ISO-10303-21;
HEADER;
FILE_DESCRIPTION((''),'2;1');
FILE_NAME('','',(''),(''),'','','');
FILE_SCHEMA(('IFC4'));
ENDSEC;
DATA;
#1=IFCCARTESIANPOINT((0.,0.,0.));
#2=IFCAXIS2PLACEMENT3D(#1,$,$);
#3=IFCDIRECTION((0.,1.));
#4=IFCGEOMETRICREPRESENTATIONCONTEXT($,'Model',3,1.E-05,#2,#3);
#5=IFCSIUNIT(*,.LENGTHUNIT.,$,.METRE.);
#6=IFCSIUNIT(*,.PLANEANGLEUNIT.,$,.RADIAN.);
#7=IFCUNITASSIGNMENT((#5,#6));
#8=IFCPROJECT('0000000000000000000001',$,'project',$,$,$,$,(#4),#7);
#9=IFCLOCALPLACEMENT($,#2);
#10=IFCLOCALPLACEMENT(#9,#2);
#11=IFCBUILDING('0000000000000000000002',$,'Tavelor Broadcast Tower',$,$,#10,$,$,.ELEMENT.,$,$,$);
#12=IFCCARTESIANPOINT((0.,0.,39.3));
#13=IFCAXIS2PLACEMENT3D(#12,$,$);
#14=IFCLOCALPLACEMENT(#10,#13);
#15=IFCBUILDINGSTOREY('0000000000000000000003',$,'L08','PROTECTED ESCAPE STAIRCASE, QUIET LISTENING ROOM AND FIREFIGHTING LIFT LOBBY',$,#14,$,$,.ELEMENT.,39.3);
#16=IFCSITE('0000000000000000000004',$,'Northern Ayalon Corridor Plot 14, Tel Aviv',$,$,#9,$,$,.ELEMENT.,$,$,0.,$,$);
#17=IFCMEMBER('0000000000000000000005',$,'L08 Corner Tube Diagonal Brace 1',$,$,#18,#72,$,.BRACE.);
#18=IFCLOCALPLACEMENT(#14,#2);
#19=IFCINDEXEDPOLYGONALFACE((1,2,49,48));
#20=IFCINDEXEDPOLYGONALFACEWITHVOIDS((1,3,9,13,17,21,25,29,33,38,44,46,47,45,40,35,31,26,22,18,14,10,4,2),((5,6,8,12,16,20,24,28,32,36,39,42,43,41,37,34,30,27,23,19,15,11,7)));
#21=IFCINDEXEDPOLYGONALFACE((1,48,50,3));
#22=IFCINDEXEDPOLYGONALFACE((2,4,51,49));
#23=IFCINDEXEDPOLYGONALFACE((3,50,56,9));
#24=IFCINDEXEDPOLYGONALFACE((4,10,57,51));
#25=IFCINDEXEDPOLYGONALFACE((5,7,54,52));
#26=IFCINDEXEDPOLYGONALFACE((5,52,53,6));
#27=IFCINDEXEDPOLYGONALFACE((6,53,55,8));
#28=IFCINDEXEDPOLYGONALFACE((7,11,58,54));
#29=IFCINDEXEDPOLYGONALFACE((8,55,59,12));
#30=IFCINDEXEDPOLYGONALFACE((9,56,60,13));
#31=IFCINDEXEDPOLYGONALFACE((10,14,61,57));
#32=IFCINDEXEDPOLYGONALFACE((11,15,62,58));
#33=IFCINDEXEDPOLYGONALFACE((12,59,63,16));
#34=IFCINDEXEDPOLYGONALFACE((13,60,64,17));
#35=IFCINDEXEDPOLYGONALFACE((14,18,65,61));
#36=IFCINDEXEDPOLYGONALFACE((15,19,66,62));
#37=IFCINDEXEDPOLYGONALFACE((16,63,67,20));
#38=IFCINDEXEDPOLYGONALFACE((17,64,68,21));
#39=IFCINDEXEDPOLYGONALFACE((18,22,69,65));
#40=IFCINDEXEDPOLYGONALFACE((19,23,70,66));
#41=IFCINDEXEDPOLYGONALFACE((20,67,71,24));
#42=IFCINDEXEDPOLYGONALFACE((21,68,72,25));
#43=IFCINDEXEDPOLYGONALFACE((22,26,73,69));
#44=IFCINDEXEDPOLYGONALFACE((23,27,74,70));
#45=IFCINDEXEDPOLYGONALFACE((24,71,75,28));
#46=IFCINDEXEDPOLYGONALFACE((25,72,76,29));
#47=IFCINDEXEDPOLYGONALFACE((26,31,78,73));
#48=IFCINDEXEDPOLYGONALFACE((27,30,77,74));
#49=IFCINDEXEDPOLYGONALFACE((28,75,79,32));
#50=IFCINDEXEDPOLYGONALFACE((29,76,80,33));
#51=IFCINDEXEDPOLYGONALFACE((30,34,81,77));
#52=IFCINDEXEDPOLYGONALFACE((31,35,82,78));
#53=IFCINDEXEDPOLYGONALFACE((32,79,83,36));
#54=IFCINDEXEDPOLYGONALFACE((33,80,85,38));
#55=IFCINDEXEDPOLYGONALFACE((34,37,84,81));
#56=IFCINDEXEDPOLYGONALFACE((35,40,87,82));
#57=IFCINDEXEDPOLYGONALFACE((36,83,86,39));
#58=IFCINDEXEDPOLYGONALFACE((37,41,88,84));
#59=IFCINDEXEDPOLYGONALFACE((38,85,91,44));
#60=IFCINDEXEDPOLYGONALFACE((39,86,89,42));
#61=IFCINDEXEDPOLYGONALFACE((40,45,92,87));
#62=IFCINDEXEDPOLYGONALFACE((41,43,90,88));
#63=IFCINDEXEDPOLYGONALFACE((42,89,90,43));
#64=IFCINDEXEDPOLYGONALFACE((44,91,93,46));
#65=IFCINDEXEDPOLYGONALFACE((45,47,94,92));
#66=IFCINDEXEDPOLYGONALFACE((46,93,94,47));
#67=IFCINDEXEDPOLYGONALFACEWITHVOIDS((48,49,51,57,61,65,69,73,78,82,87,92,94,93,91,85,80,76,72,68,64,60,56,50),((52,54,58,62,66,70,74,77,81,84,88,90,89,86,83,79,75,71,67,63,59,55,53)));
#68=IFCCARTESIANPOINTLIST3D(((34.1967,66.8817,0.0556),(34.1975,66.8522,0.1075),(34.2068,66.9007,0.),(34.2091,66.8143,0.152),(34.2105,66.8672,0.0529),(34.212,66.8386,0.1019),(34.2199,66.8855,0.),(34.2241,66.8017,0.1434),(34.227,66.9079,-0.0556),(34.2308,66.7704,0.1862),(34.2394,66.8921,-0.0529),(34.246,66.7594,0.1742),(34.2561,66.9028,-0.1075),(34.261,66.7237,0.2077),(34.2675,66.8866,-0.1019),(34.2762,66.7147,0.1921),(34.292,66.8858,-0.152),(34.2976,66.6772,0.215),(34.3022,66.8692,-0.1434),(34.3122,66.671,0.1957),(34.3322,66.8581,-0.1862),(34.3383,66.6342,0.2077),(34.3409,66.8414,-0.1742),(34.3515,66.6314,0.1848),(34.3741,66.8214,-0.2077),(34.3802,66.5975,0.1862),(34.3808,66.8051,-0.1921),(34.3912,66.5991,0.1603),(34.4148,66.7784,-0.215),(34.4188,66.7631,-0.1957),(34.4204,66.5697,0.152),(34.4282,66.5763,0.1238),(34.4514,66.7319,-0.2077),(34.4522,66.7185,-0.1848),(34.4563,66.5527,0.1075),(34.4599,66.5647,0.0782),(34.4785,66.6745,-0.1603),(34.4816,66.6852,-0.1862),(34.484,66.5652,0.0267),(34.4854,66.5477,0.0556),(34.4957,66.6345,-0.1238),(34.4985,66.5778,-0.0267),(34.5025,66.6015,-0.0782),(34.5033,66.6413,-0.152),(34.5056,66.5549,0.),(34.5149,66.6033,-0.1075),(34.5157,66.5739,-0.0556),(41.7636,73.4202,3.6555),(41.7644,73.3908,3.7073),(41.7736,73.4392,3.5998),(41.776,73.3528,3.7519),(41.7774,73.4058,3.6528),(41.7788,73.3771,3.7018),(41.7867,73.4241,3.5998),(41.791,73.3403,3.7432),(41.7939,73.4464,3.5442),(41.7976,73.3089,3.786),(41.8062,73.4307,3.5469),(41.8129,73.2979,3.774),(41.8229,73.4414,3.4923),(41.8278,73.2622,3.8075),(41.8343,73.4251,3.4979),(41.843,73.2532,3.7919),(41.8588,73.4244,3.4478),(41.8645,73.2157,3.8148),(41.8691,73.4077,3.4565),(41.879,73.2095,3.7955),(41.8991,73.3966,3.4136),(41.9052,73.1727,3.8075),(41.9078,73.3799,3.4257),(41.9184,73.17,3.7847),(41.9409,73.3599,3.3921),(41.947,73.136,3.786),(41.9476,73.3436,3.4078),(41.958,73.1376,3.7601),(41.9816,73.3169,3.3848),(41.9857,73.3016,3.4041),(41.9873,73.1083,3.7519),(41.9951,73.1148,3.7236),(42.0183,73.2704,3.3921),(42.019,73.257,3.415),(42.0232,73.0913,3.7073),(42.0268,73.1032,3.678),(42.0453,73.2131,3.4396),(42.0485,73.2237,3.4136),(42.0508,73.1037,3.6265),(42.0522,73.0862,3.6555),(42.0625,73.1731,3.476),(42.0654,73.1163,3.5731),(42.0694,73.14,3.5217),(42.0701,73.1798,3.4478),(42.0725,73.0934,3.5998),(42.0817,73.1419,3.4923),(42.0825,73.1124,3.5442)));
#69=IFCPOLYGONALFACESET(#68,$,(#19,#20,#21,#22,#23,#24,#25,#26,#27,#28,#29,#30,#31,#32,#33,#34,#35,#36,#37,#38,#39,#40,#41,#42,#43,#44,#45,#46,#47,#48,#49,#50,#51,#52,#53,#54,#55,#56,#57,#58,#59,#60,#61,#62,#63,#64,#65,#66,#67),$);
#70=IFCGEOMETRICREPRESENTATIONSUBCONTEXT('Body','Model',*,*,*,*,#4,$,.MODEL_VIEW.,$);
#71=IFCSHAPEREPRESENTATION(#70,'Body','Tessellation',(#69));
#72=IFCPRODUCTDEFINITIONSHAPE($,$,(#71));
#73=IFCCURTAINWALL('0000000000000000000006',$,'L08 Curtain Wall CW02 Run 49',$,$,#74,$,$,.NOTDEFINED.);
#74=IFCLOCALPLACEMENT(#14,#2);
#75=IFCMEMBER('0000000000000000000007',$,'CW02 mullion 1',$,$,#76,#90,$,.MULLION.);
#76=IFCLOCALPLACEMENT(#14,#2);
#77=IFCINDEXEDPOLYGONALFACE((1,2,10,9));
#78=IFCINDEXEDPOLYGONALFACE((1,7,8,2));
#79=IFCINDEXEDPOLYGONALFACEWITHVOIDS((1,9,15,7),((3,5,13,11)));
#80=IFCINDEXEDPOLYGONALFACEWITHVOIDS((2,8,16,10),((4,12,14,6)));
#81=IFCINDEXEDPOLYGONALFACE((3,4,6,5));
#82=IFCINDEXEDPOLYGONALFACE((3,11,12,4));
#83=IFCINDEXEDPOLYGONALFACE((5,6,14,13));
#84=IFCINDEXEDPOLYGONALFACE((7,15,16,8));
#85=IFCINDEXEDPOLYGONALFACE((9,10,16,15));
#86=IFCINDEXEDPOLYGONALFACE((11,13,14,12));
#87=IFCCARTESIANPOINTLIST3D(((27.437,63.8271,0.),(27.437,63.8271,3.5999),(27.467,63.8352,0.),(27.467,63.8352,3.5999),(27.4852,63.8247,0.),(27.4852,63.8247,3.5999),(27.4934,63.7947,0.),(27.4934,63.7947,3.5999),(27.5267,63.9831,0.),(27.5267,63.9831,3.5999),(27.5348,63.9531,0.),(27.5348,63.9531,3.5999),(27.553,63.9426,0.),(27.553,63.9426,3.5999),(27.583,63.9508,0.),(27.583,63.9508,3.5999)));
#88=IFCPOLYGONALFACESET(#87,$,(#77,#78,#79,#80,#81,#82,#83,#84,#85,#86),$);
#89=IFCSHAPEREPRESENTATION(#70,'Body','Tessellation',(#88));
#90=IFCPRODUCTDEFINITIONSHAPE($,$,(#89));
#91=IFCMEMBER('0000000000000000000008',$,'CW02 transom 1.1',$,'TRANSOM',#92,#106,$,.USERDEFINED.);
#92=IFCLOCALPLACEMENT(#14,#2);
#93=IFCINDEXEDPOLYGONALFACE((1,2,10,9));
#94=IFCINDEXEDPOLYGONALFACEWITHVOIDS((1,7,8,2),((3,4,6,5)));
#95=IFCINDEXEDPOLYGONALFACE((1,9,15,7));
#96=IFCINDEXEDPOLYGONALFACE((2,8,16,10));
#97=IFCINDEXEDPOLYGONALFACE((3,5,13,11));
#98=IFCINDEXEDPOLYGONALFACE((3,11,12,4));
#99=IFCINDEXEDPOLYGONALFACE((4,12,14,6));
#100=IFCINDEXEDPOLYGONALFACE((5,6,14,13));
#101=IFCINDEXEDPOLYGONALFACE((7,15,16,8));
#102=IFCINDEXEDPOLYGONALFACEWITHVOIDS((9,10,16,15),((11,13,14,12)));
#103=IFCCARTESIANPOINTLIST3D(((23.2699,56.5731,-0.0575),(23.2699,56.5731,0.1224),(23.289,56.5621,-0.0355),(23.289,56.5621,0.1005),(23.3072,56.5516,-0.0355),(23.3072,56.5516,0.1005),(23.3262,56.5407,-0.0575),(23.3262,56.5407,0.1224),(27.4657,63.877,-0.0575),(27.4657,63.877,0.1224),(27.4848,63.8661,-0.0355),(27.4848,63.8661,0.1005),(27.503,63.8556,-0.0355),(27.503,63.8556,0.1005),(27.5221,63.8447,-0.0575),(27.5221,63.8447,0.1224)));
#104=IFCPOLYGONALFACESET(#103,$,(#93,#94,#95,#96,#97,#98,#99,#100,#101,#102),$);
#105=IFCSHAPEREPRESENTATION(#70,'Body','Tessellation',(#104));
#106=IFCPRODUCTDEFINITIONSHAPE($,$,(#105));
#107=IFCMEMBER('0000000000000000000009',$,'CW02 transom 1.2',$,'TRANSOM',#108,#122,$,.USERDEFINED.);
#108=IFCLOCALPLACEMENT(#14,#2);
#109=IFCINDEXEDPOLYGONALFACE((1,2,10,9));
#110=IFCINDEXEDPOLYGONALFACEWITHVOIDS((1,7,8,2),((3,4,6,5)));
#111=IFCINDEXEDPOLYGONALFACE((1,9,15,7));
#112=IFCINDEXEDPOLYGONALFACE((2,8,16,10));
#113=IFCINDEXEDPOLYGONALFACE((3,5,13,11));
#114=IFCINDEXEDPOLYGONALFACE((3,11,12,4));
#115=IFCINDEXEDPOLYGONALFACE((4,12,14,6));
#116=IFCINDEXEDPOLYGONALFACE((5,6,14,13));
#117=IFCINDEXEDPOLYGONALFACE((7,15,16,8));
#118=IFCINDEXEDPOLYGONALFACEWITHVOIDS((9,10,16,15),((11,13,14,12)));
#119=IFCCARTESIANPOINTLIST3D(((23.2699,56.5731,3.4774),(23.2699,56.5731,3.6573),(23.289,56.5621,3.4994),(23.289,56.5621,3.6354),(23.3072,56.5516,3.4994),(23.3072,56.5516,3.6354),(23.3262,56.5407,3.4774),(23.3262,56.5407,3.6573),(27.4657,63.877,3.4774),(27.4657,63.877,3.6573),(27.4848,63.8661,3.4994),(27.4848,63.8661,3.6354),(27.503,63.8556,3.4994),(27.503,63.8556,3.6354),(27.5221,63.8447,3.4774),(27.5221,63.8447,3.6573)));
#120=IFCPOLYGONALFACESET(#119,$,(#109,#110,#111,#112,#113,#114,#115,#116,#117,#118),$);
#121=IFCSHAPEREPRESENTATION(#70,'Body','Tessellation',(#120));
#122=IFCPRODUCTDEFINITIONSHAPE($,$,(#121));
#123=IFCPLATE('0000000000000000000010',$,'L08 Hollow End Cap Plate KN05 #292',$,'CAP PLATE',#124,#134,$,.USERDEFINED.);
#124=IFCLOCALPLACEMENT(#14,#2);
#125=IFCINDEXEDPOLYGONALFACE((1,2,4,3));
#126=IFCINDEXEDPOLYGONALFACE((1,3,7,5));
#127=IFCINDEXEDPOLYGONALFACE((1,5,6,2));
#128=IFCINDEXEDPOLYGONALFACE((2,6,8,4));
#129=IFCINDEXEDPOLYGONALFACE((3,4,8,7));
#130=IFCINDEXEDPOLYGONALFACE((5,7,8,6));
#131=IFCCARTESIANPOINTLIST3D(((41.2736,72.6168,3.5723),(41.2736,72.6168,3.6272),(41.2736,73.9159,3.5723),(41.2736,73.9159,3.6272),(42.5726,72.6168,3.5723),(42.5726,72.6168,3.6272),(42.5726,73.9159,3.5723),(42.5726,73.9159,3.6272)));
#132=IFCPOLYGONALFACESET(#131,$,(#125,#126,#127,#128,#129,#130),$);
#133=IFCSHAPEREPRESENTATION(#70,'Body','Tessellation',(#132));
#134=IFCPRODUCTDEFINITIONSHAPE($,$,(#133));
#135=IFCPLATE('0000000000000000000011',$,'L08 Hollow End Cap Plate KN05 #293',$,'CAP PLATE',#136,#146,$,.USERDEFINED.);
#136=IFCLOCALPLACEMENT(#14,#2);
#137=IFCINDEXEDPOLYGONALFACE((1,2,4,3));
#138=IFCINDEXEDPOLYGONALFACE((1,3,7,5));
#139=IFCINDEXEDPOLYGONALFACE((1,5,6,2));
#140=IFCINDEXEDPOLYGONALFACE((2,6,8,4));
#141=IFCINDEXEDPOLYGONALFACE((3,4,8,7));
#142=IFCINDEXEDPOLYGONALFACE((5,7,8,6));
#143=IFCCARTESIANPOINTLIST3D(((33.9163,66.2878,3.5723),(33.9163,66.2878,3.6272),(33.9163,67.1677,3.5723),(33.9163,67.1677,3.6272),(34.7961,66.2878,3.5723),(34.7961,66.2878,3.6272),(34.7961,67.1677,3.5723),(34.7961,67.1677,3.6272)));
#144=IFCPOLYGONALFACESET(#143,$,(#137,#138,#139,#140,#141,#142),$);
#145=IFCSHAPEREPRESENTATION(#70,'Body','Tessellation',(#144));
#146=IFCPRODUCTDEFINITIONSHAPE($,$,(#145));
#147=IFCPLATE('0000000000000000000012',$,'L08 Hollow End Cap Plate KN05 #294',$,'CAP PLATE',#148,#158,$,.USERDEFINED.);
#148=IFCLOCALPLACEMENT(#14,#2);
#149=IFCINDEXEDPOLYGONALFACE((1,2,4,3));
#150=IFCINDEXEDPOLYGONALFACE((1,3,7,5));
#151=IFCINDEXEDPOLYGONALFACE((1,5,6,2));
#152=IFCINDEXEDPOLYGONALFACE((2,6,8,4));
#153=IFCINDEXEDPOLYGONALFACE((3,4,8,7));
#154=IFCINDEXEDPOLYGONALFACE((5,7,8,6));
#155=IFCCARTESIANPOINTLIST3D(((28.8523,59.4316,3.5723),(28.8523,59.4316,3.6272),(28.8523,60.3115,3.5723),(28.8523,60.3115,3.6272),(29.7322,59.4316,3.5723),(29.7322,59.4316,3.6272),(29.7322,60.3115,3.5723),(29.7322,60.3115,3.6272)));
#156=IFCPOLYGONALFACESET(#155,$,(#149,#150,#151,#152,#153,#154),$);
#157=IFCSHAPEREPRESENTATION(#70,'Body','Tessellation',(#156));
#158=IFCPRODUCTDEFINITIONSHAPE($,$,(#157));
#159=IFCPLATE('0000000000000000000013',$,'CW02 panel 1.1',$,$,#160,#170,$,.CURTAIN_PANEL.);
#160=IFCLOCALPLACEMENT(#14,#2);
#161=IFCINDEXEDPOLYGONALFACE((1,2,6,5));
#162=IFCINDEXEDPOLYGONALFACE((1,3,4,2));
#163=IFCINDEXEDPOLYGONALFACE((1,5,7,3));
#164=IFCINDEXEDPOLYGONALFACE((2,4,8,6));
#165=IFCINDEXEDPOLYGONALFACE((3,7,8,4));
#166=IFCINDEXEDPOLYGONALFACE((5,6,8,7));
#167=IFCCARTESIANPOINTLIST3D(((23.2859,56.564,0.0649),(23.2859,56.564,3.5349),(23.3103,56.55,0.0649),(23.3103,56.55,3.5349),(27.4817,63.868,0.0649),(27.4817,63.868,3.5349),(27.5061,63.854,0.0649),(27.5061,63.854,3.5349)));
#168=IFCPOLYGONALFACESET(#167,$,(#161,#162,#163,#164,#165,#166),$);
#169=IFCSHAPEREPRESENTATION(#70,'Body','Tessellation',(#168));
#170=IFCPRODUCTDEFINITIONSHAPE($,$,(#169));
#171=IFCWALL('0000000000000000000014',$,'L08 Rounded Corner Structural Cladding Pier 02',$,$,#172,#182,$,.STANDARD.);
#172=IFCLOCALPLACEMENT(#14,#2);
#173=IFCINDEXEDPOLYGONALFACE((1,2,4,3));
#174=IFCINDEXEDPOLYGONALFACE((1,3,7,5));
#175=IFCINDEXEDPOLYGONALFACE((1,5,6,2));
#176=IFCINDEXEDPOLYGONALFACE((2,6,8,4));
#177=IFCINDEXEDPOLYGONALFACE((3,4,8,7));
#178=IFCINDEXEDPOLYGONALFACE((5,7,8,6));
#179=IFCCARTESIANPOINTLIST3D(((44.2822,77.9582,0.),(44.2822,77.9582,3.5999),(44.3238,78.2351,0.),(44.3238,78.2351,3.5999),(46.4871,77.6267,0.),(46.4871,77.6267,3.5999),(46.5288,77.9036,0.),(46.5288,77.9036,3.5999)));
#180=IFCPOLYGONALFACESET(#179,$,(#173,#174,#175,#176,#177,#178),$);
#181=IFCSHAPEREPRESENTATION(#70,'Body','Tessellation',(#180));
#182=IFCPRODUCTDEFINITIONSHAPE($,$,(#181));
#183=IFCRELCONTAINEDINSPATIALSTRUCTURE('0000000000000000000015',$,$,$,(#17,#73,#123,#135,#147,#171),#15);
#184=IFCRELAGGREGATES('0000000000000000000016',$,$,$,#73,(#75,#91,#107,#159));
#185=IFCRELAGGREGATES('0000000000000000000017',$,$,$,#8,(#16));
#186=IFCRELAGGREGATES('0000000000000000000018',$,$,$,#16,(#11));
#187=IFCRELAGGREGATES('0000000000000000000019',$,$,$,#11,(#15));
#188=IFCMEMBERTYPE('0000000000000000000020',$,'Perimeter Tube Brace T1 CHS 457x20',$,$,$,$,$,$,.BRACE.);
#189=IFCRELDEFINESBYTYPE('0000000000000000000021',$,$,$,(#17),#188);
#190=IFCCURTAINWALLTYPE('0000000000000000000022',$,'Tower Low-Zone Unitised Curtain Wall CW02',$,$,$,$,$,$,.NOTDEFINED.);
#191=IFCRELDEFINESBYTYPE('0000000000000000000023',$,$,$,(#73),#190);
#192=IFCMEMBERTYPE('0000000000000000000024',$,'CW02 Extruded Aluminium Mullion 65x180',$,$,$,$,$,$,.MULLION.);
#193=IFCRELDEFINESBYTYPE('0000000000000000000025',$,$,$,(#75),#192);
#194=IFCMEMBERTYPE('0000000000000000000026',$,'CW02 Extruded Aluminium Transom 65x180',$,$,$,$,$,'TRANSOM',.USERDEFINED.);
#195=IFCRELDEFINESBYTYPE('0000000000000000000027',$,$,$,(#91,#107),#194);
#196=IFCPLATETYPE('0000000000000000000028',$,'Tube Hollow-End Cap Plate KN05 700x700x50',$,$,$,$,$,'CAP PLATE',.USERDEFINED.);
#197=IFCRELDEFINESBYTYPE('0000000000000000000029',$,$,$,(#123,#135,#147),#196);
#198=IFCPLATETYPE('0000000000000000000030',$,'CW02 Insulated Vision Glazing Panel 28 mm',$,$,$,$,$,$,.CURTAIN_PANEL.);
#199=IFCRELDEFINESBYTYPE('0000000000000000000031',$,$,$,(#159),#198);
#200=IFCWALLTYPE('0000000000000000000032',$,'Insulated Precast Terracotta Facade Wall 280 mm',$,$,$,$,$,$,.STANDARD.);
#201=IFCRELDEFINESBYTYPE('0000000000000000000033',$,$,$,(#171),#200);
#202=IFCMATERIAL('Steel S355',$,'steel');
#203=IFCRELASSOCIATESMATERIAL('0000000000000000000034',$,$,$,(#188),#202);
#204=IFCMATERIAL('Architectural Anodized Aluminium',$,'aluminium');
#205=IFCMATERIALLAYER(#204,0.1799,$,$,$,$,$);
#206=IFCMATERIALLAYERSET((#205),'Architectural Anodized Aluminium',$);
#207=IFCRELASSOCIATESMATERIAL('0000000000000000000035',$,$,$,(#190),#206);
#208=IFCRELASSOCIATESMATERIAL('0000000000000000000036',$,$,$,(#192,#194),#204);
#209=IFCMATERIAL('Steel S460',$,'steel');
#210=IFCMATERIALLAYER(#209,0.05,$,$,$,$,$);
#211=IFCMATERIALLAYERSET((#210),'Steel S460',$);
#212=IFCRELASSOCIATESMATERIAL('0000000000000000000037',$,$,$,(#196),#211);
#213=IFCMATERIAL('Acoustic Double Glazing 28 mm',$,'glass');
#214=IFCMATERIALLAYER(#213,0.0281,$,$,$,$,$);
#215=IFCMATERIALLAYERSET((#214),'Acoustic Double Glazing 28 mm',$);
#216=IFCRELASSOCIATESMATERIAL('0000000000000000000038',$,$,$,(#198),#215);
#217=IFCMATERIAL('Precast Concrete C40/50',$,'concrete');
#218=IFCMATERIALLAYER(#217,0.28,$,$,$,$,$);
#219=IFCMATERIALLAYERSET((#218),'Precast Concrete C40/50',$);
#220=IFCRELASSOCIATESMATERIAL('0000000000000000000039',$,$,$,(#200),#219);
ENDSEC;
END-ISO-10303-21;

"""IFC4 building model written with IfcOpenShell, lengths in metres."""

from ifc_helpers import new_model, si_unit, direction, frame, frame_2d, origin, origin_2d, place, context, subcontext, project, spatial, rectangle, hollow_rectangle, hollow_circle, extrude, source, transform, mapped, material, layer, layer_set, material_profile, profile_set, type_object, type_shapes, element, aggregate, save


model = new_model("IFC4")

# Units and contexts
model_context = context("Model", 3, precision=1e-05, world=origin(), true_north=direction((0.0, 1.0)))
body_context = subcontext(model_context, "Body", "Model", "MODEL_VIEW")
ifc_project = project(units=[si_unit("LENGTHUNIT", "METRE"), si_unit("PLANEANGLEUNIT", "RADIAN")], contexts=[model_context])

# Site, building, storey
site_placement = place(None, origin())
site = spatial("IfcSite", under=ifc_project, at=site_placement, Name="Northern Ayalon Corridor Plot 14, Tel Aviv", CompositionType="ELEMENT", RefElevation=0.0)
building_placement = place(site_placement, origin())
building = spatial("IfcBuilding", under=site, at=building_placement, Name="Tavelor Broadcast Tower", CompositionType="ELEMENT")
storey_placement = place(building_placement, frame((0.0, 0.0, 39.3)))
storey = spatial("IfcBuildingStorey", under=building, at=storey_placement, Name="L08", Description="PROTECTED ESCAPE STAIRCASE, QUIET LISTENING ROOM AND FIREFIGHTING LIFT LOBBY", CompositionType="ELEMENT", Elevation=39.3)

# Shared definitions
ifc_material_1 = material(Name="Steel S460", Category="steel")

# Shared definitions
ifc_material_2 = material(Name="Steel S355", Category="steel")

# Member
ifc_material_profile_1 = material_profile(ifc_material_2, hollow_circle(Radius=0.2285, WallThickness=0.02, at=origin_2d()), Name="CHS 457x20")
ifc_profile_set_1 = profile_set([ifc_material_profile_1], Name="Steel S355")
member_type_1 = type_object("IfcMemberType", Name="Perimeter Tube Brace T1 CHS 457x20", PredefinedType="BRACE", material=ifc_profile_set_1)
member_1_placement = place(storey_placement, frame((34.3562, 66.7278, 0.0), z_axis=(0.711929, 0.61518, 0.338691), x_axis=(-0.653822, 0.756648, 0.0)))
element("IfcMember", 1, at=member_1_placement, inside=storey, type_object=member_type_1, Name="L08 Corner Tube Diagonal Brace 1", PredefinedType="BRACE", context=body_context, shape_type="SweptSolid", body=[
    extrude(hollow_circle(Radius=0.2285, WallThickness=0.02, at=origin_2d()), origin(), (0.0, 0.0, 1.0), 10.6287),
])

# Curtain wall, members
ifc_material_3 = material(Name="Architectural Anodized Aluminium", Category="aluminium")
ifc_layer_1 = layer(ifc_material_3, 0.1799)
ifc_layer_set_1 = layer_set([ifc_layer_1], Name="Architectural Anodized Aluminium")
curtain_wall_type = type_object("IfcCurtainWallType", Name="Tower Low-Zone Unitised Curtain Wall CW02", PredefinedType="NOTDEFINED", material=ifc_layer_set_1)
curtain_wall_placement = place(storey_placement, origin())
curtain_wall = element("IfcCurtainWall", 2, at=curtain_wall_placement, inside=storey, type_object=curtain_wall_type, Name="L08 Curtain Wall CW02 Run 49", PredefinedType="NOTDEFINED")
ifc_material_profile_2 = material_profile(ifc_material_3, hollow_rectangle(XDim=0.0649, YDim=0.1799, WallThickness=0.022, at=origin_2d()), Name="RHS 65x180x22")
ifc_profile_set_2 = profile_set([ifc_material_profile_2], Name="Architectural Anodized Aluminium")
member_type_2 = type_object("IfcMemberType", Name="CW02 Extruded Aluminium Mullion 65x180", PredefinedType="MULLION", material=ifc_profile_set_2)
shared_shape_1 = source(origin(), body_context, "Body", "SweptSolid", [
    extrude(hollow_rectangle(XDim=0.0649, YDim=0.1799, WallThickness=0.022, at=origin_2d()), origin(), (0.0, 0.0, 1.0), 3.5999),
])
type_shapes(member_type_2, [shared_shape_1])
member_2_placement = place(storey_placement, frame((27.51, 63.8889, 0.0), z_axis=(0.0, 0.0, 1.0), x_axis=(0.867111, -0.498116, 0.0)))
member_2 = element("IfcMember", 3, at=member_2_placement, type_object=member_type_2, Name="CW02 mullion 1", PredefinedType="MULLION", context=body_context, shape_type="MappedRepresentation", body=[
    mapped(shared_shape_1, transform((0.0, 0.0, 0.0), scale=1.0)),
])
ifc_material_profile_3 = material_profile(ifc_material_3, hollow_rectangle(XDim=0.0649, YDim=0.1799, WallThickness=0.022, at=origin_2d()), Name="RHS 65x180x22")
ifc_profile_set_3 = profile_set([ifc_material_profile_3], Name="Architectural Anodized Aluminium")
member_type_3 = type_object("IfcMemberType", Name="CW02 Extruded Aluminium Transom 65x180", ElementType="TRANSOM", PredefinedType="USERDEFINED", material=ifc_profile_set_3)
shared_shape_2 = source(origin(), body_context, "Body", "SweptSolid", [
    extrude(hollow_rectangle(XDim=0.0649, YDim=0.1799, WallThickness=0.022, at=origin_2d()), origin(), (0.0, 0.0, 1.0), 8.4233),
])
type_shapes(member_type_3, [shared_shape_2])
member_3_placement = place(storey_placement, frame((27.4939, 63.8608, 0.0325), z_axis=(-0.498117, -0.86711, 0.0), x_axis=(0.86711, -0.498117, 0.0)))
member_3 = element("IfcMember", 4, at=member_3_placement, type_object=member_type_3, Name="CW02 transom 1.1", ObjectType="TRANSOM", PredefinedType="USERDEFINED", context=body_context, shape_type="MappedRepresentation", body=[
    mapped(shared_shape_2, transform((0.0, 0.0, 0.0), scale=1.0)),
])
member_4_placement = place(storey_placement, frame((27.4939, 63.8608, 3.5674), z_axis=(-0.498117, -0.86711, 0.0), x_axis=(0.86711, -0.498117, 0.0)))
member_4 = element("IfcMember", 5, at=member_4_placement, type_object=member_type_3, Name="CW02 transom 1.2", ObjectType="TRANSOM", PredefinedType="USERDEFINED", context=body_context, shape_type="MappedRepresentation", body=[
    mapped(shared_shape_2, transform((0.0, 0.0, 0.0), scale=1.0)),
])

# Plates
ifc_layer_2 = layer(ifc_material_1, 0.05)
ifc_layer_set_2 = layer_set([ifc_layer_2], Name="Steel S460")
plate_type_1 = type_object("IfcPlateType", Name="Tube Hollow-End Cap Plate KN05 700x700x50", ElementType="CAP PLATE", PredefinedType="USERDEFINED", material=ifc_layer_set_2)
shared_shape_3 = source(origin(), body_context, "Body", "SweptSolid", [
    extrude(rectangle(XDim=1.2991, YDim=1.2991, at=origin_2d()), origin(), (0.0, 0.0, 1.0), 0.0549),
])
plate_1_placement = place(storey_placement, frame((41.9231, 73.2664, 3.5723), z_axis=(0.0, 0.0, 1.0), x_axis=(1.0, 0.0, 0.0)))
element("IfcPlate", 6, at=plate_1_placement, inside=storey, type_object=plate_type_1, Name="L08 Hollow End Cap Plate KN05 #292", ObjectType="CAP PLATE", PredefinedType="USERDEFINED", context=body_context, shape_type="MappedRepresentation", body=[
    mapped(shared_shape_3, transform((0.0, 0.0, 0.0), scale=1.0)),
])
shared_shape_4 = source(origin(), body_context, "Body", "SweptSolid", [
    extrude(rectangle(XDim=0.8799, YDim=0.8799, at=origin_2d()), origin(), (0.0, 0.0, 1.0), 0.0549),
])
type_shapes(plate_type_1, [shared_shape_3, shared_shape_4])
for number, where, z_axis, x_axis, name in (
    (7, (34.3562, 66.7278, 3.5723), (0.0, 0.0, 1.0), (1.0, 0.0, 0.0), "L08 Hollow End Cap Plate KN05 #293"),
    (8, (29.2922, 59.8716, 3.5723), (0.0, 0.0, 1.0), (1.0, 0.0, 0.0), "L08 Hollow End Cap Plate KN05 #294"),
):
    element("IfcPlate", number, at=place(storey_placement, frame(where, z_axis=z_axis, x_axis=x_axis)), inside=storey, type_object=plate_type_1, Name=name, ObjectType="CAP PLATE", PredefinedType="USERDEFINED", context=body_context, shape_type="MappedRepresentation", body=[
        mapped(shared_shape_4, transform((0.0, 0.0, 0.0), scale=1.0)),
    ])

# Plate
ifc_material_4 = material(Name="Acoustic Double Glazing 28 mm", Category="glass")
ifc_layer_3 = layer(ifc_material_4, 0.0281)
ifc_layer_set_3 = layer_set([ifc_layer_3], Name="Acoustic Double Glazing 28 mm")
plate_type_2 = type_object("IfcPlateType", Name="CW02 Insulated Vision Glazing Panel 28 mm", PredefinedType="CURTAIN_PANEL", material=ifc_layer_set_3)
shared_shape_5 = source(origin(), body_context, "Body", "SweptSolid", [
    extrude(rectangle(XDim=8.4233, YDim=0.0281, at=origin_2d()), origin(), (0.0, 0.0, 1.0), 3.47),
])
type_shapes(plate_type_2, [shared_shape_5])
plate_2_placement = place(storey_placement, frame((25.396, 60.209, 0.0649), z_axis=(0.0, 0.0, 1.0), x_axis=(-0.498116, -0.867111, 0.0)))
plate_2 = element("IfcPlate", 9, at=plate_2_placement, type_object=plate_type_2, Name="CW02 panel 1.1", PredefinedType="CURTAIN_PANEL", context=body_context, shape_type="MappedRepresentation", body=[
    mapped(shared_shape_5, transform((0.0, 0.0, 0.0), scale=1.0)),
])
aggregate(curtain_wall, [member_2, member_3, member_4, plate_2])

# Wall
ifc_material_5 = material(Name="Precast Concrete C40/50", Category="concrete")
ifc_layer_4 = layer(ifc_material_5, 0.28)
ifc_layer_set_4 = layer_set([ifc_layer_4], Name="Precast Concrete C40/50")
wall_type_1 = type_object("IfcWallType", Name="Insulated Precast Terracotta Facade Wall 280 mm", PredefinedType="STANDARD", material=ifc_layer_set_4)
wall_1_placement = place(storey_placement, frame((46.5078, 77.7651, 0.0), z_axis=(0.0, 0.0, 1.0), x_axis=(-0.988882, 0.148699, 0.0)))
element("IfcWall", 10, at=wall_1_placement, inside=storey, type_object=wall_type_1, Name="L08 Rounded Corner Structural Cladding Pier 02", PredefinedType="STANDARD", context=body_context, shape_type="SweptSolid", body=[
    extrude(rectangle(XDim=2.2297, YDim=0.28, at=frame_2d((1.1147, 0.0))), origin(), (0.0, 0.0, 1.0), 3.5999),
])

save(model, "model.ifc")
